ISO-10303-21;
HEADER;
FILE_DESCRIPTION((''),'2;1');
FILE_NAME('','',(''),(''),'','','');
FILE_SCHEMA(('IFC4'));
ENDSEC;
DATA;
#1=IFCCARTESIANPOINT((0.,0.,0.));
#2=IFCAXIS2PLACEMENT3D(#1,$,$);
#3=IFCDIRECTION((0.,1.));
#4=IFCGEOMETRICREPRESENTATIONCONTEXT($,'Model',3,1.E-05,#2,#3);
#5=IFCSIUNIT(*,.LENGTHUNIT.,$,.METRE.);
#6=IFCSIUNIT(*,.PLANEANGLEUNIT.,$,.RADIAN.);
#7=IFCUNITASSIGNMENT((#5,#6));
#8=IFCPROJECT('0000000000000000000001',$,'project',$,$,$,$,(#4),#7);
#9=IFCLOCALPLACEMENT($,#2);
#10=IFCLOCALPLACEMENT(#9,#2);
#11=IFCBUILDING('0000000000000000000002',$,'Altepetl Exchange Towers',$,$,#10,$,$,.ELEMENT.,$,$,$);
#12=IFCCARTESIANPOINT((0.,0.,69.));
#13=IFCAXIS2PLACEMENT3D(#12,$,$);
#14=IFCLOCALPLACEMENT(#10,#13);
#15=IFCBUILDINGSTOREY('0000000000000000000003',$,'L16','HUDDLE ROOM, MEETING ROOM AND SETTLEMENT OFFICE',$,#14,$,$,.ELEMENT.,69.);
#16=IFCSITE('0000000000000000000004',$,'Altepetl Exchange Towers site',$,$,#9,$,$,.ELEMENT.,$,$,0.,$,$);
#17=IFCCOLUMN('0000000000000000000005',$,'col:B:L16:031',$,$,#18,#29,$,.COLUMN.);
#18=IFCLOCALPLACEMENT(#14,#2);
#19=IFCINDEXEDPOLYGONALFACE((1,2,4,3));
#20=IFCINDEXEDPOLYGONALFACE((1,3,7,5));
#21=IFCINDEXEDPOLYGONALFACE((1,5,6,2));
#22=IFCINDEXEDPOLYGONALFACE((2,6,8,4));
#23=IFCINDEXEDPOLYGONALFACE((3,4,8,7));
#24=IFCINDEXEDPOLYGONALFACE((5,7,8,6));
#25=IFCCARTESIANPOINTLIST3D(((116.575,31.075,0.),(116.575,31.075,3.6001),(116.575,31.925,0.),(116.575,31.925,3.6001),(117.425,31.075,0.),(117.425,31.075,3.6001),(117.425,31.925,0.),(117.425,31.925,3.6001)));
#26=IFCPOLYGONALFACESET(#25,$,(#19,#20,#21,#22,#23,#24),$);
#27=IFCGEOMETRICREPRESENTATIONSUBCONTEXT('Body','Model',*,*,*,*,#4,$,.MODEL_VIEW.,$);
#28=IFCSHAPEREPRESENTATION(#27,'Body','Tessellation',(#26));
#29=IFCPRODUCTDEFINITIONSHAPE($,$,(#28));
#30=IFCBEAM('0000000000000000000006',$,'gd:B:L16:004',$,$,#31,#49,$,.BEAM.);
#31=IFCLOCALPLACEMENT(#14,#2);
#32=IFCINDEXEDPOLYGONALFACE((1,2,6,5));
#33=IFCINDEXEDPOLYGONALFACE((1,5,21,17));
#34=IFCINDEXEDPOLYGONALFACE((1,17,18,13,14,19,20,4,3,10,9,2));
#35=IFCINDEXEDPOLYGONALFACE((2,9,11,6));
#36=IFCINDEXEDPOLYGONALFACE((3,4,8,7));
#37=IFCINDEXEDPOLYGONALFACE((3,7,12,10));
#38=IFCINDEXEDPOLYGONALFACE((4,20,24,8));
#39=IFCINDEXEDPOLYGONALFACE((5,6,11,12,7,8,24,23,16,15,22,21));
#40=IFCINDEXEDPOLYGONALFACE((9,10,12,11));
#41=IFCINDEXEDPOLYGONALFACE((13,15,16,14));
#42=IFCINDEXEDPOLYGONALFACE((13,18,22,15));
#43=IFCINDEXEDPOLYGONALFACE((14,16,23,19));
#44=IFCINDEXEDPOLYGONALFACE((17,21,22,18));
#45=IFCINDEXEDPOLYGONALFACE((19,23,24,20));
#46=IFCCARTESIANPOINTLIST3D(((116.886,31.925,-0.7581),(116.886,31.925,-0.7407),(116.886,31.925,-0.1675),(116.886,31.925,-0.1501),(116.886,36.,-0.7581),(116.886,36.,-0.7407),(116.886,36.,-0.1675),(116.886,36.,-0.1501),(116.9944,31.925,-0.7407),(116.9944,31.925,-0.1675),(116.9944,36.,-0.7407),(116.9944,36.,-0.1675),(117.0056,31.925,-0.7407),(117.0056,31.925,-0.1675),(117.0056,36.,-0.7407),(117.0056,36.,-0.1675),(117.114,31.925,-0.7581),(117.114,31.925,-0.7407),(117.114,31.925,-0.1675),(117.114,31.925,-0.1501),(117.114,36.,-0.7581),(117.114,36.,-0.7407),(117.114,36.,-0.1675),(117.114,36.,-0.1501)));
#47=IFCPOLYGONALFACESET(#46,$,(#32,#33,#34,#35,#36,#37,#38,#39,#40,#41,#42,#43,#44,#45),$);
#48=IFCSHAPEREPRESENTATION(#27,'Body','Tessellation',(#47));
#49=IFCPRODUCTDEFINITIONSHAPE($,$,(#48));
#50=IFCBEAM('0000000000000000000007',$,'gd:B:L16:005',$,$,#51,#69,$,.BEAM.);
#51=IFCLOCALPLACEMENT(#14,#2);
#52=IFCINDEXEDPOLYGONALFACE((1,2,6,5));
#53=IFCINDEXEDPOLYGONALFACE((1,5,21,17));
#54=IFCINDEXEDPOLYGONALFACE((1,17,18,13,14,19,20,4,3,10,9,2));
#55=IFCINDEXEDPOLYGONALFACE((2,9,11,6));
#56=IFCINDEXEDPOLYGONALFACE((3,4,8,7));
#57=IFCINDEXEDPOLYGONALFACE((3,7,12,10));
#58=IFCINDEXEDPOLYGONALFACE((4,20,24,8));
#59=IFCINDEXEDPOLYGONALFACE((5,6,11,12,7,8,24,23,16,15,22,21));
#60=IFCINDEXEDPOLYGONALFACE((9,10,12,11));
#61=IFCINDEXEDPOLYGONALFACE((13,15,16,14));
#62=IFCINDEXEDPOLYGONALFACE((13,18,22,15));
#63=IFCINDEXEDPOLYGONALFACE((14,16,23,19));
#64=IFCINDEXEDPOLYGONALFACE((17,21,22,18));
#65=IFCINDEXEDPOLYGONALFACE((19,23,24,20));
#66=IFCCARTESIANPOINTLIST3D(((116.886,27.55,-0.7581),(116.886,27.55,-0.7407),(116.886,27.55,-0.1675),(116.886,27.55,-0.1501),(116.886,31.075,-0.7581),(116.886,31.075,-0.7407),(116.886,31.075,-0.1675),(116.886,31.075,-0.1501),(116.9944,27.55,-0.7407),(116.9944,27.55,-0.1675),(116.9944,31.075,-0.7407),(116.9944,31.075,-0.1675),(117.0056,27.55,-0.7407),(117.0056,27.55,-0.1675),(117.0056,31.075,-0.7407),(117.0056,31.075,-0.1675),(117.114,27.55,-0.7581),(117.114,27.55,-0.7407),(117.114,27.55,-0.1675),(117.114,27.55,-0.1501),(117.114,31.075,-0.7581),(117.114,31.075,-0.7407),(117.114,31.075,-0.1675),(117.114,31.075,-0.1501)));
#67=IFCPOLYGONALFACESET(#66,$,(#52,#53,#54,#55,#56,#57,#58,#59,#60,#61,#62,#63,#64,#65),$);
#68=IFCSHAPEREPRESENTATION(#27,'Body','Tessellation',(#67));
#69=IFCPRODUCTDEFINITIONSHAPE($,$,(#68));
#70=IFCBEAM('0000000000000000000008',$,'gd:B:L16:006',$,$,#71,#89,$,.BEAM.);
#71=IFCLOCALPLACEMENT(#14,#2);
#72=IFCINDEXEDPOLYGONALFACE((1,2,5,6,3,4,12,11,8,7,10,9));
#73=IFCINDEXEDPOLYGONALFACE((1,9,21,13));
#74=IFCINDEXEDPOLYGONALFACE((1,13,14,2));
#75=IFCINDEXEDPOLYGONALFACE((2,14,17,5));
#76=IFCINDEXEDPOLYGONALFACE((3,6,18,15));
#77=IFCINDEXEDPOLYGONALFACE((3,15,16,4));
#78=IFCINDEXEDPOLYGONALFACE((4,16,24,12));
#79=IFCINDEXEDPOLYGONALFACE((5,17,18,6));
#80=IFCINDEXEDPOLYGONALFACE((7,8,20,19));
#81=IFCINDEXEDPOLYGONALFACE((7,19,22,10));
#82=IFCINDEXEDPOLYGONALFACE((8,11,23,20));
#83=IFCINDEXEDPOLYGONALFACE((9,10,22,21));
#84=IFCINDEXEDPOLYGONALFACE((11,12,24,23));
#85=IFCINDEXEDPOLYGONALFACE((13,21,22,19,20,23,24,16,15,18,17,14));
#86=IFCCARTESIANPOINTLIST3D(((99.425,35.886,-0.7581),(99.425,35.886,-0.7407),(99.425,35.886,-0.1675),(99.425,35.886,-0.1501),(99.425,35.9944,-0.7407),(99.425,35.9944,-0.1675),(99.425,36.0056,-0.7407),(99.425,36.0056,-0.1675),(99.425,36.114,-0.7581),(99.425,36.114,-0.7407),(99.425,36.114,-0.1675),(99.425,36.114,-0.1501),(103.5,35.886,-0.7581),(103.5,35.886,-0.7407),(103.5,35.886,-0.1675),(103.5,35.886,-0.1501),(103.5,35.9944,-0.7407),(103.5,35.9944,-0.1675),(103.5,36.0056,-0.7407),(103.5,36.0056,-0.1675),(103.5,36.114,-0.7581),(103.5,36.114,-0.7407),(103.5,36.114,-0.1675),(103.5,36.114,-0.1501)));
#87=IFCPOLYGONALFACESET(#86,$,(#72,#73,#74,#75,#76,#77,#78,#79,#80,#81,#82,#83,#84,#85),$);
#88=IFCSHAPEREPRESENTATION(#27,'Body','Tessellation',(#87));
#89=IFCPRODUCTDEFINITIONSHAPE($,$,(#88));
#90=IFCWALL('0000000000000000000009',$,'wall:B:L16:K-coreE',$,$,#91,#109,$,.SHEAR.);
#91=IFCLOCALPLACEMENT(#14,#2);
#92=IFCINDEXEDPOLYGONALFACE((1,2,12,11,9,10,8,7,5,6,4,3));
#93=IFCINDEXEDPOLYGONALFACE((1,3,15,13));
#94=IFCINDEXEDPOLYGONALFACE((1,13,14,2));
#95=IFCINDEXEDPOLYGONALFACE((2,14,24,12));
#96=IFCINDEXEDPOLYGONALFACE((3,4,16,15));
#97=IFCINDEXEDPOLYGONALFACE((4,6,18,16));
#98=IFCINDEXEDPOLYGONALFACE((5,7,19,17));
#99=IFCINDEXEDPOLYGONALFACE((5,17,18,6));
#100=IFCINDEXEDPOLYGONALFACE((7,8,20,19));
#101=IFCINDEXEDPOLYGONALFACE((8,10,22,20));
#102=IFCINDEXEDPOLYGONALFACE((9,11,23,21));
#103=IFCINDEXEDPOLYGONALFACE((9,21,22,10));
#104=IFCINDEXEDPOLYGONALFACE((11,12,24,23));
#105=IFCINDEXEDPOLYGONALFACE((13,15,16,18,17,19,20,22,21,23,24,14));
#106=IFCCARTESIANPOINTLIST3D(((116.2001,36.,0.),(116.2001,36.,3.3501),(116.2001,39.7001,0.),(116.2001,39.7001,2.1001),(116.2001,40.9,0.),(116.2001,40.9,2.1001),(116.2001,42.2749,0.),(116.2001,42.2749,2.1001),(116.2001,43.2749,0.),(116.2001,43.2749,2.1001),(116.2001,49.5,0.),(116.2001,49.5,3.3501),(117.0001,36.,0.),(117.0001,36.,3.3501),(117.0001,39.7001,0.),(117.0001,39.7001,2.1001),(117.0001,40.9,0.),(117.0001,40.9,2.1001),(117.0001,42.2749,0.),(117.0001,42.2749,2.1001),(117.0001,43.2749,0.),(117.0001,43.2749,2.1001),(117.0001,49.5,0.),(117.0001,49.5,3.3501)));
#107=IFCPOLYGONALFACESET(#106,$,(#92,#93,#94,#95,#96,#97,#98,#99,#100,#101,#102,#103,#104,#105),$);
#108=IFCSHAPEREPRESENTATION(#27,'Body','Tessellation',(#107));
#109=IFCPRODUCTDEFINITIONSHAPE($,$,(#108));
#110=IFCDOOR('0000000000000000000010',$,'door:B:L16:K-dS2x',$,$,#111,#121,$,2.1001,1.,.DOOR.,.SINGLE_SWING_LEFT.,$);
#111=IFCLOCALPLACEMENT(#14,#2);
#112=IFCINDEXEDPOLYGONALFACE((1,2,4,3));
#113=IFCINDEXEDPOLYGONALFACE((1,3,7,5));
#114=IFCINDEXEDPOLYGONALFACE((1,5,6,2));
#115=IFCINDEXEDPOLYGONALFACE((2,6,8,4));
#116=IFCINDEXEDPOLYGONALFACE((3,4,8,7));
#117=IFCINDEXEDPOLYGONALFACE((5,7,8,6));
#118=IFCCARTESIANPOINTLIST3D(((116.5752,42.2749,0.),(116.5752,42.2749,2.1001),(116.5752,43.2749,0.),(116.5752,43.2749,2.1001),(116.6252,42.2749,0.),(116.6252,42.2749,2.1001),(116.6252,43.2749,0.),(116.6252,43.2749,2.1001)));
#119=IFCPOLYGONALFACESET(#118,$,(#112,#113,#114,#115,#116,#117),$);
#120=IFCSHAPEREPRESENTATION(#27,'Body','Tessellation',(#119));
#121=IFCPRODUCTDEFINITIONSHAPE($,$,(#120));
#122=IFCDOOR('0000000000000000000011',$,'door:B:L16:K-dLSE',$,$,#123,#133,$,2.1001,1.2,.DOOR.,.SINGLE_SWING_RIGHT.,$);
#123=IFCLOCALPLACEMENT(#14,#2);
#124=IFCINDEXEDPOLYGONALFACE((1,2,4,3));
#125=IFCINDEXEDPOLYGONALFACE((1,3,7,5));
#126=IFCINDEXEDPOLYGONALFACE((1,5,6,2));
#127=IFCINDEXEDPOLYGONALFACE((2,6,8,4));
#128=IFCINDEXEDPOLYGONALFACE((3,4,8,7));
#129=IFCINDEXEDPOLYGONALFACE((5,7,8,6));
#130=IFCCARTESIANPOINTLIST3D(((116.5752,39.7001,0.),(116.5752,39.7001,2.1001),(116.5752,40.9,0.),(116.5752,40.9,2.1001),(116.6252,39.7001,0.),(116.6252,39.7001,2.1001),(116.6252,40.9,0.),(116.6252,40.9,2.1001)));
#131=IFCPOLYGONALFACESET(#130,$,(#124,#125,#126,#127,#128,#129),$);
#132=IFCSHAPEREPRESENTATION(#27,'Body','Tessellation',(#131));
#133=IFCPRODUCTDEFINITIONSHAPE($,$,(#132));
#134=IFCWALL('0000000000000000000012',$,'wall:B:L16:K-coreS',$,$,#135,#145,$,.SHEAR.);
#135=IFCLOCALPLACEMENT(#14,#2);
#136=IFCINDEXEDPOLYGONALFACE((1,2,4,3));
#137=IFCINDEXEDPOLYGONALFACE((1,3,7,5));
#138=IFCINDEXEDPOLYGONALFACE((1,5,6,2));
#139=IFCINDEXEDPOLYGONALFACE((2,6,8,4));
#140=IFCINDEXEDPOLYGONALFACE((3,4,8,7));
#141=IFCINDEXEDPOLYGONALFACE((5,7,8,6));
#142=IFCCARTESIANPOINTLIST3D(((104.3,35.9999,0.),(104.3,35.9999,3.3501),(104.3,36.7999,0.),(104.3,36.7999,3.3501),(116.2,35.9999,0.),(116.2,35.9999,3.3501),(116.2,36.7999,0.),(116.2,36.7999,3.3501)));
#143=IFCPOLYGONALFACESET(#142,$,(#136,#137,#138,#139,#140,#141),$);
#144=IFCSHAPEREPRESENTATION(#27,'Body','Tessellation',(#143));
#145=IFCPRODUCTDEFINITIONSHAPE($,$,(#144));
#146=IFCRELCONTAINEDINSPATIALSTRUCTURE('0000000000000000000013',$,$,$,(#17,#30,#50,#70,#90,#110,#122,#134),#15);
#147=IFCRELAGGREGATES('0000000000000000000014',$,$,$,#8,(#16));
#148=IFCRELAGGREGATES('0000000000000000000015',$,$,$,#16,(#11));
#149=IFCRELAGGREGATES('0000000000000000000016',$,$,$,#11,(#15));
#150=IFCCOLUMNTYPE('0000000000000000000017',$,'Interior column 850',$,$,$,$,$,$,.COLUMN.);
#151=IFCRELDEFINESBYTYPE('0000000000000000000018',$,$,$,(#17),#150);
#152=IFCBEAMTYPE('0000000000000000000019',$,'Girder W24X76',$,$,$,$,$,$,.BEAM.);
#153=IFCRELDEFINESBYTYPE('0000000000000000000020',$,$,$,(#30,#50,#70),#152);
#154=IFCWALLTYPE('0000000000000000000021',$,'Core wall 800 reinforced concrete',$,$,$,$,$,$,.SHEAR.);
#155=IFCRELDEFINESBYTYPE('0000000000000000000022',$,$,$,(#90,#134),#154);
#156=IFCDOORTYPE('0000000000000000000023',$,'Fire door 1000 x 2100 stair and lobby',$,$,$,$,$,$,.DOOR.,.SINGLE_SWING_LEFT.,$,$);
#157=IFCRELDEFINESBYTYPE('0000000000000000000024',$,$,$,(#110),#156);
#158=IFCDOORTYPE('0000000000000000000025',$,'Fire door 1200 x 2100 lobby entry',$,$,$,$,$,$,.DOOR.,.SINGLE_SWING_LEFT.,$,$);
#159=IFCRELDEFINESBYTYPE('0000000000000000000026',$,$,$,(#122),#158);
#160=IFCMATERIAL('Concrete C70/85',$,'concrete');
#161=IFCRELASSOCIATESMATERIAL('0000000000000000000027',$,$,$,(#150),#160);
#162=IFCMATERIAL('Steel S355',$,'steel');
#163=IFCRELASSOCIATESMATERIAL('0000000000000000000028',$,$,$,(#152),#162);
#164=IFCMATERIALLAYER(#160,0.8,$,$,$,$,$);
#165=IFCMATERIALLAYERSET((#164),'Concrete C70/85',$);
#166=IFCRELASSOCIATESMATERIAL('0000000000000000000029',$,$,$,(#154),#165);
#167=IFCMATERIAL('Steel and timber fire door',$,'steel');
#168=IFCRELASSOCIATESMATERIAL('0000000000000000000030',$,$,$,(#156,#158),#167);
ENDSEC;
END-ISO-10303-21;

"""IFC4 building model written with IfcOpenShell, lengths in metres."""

from ifc_helpers import new_model, si_unit, direction, frame, frame_2d, origin, origin_2d, place, context, subcontext, project, spatial, rectangle, i_section, extrude, material, layer, layer_set, material_profile, profile_set, type_object, element, fill, save


model = new_model("IFC4")

# Units and contexts
model_context = context("Model", 3, precision=1e-05, world=origin(), true_north=direction((0.0, 1.0)))
body_context = subcontext(model_context, "Body", "Model", "MODEL_VIEW")
ifc_project = project(units=[si_unit("LENGTHUNIT", "METRE"), si_unit("PLANEANGLEUNIT", "RADIAN")], contexts=[model_context])

# Site, building, storey
site_placement = place(None, origin())
site = spatial("IfcSite", under=ifc_project, at=site_placement, Name="Altepetl Exchange Towers site", CompositionType="ELEMENT", RefElevation=0.0)
building_placement = place(site_placement, origin())
building = spatial("IfcBuilding", under=site, at=building_placement, Name="Altepetl Exchange Towers", CompositionType="ELEMENT")
storey_placement = place(building_placement, frame((0.0, 0.0, 69.0)))
storey = spatial("IfcBuildingStorey", under=building, at=storey_placement, Name="L16", Description="HUDDLE ROOM, MEETING ROOM AND SETTLEMENT OFFICE", CompositionType="ELEMENT", Elevation=69.0)

# Column
ifc_material_1 = material(Name="Concrete C70/85", Category="concrete")
ifc_material_profile_1 = material_profile(ifc_material_1, rectangle(XDim=0.8501, YDim=0.8501, at=origin_2d()), Name="850 x 850")
ifc_profile_set_1 = profile_set([ifc_material_profile_1], Name="Concrete C70/85")
column_type = type_object("IfcColumnType", Name="Interior column 850", PredefinedType="COLUMN", material=ifc_profile_set_1)
column_placement = place(storey_placement, frame((117.0, 31.5, 0.0)))
element("IfcColumn", 1, at=column_placement, inside=storey, type_object=column_type, Name="col:B:L16:031", PredefinedType="COLUMN", context=body_context, shape_type="SweptSolid", body=[
    extrude(rectangle(XDim=0.8501, YDim=0.8501, at=origin_2d()), origin(), (0.0, 0.0, 1.0), 3.6001),
])

# Beams
ifc_material_2 = material(Name="Steel S355", Category="steel")
ifc_material_profile_2 = material_profile(ifc_material_2, i_section(OverallWidth=0.228, OverallDepth=0.6079, WebThickness=0.0112, FlangeThickness=0.0173, at=origin_2d()), Name="W24X76")
ifc_profile_set_2 = profile_set([ifc_material_profile_2], Name="Steel S355")
beam_type = type_object("IfcBeamType", Name="Girder W24X76", PredefinedType="BEAM", material=ifc_profile_set_2)
beam_1_placement = place(storey_placement, frame((117.0, 36.0, -0.4541), z_axis=(0.0, -1.0, 0.0), x_axis=(1.0, 0.0, 0.0)))
element("IfcBeam", 2, at=beam_1_placement, inside=storey, type_object=beam_type, Name="gd:B:L16:004", PredefinedType="BEAM", context=body_context, shape_type="SweptSolid", body=[
    extrude(i_section(OverallWidth=0.228, OverallDepth=0.6079, WebThickness=0.0112, FlangeThickness=0.0173, at=origin_2d()), origin(), (0.0, 0.0, 1.0), 4.075),
])
beam_2_placement = place(storey_placement, frame((117.0, 31.075, -0.4541), z_axis=(0.0, -1.0, 0.0), x_axis=(1.0, 0.0, 0.0)))
element("IfcBeam", 3, at=beam_2_placement, inside=storey, type_object=beam_type, Name="gd:B:L16:005", PredefinedType="BEAM", context=body_context, shape_type="SweptSolid", body=[
    extrude(i_section(OverallWidth=0.228, OverallDepth=0.6079, WebThickness=0.0112, FlangeThickness=0.0173, at=origin_2d()), origin(), (0.0, 0.0, 1.0), 3.5249),
])
beam_3_placement = place(storey_placement, frame((103.5, 36.0, -0.4541), z_axis=(-1.0, 0.0, 0.0), x_axis=(0.0, -1.0, 0.0)))
element("IfcBeam", 4, at=beam_3_placement, inside=storey, type_object=beam_type, Name="gd:B:L16:006", PredefinedType="BEAM", context=body_context, shape_type="SweptSolid", body=[
    extrude(i_section(OverallWidth=0.228, OverallDepth=0.6079, WebThickness=0.0112, FlangeThickness=0.0173, at=origin_2d()), origin(), (0.0, 0.0, 1.0), 4.075),
])

# Wall, openings, doors
ifc_layer_1 = layer(ifc_material_1, 0.8)
ifc_layer_set_1 = layer_set([ifc_layer_1], Name="Concrete C70/85")
wall_type_1 = type_object("IfcWallType", Name="Core wall 800 reinforced concrete", PredefinedType="SHEAR", material=ifc_layer_set_1)
wall_1_placement = place(storey_placement, frame((116.6001, 36.0, 0.0), z_axis=(0.0, 0.0, 1.0), x_axis=(0.0, 1.0, 0.0)))
wall_1 = element("IfcWall", 5, at=wall_1_placement, inside=storey, type_object=wall_type_1, Name="wall:B:L16:K-coreE", PredefinedType="SHEAR", context=body_context, shape_type="SweptSolid", body=[
    extrude(rectangle(XDim=13.5, YDim=0.8, at=frame_2d((6.75, 0.0))), origin(), (0.0, 0.0, 1.0), 3.3501),
])
opening_1_placement = place(wall_1_placement, frame((3.7, 0.0, 0.0)))
opening_1 = element("IfcOpeningElement", 6, at=opening_1_placement, cuts=wall_1, PredefinedType="OPENING", context=body_context, shape_type="SweptSolid", body=[
    extrude(rectangle(XDim=1.2, YDim=2.1001, at=frame_2d((0.6001, 1.05))), frame((0.0, 0.4102, 0.0), z_axis=(0.0, -1.0, 0.0), x_axis=(1.0, 0.0, 0.0)), (0.0, 0.0, 1.0), 0.8201),
])
opening_2_placement = place(wall_1_placement, frame((6.2749, 0.0, 0.0)))
opening_2 = element("IfcOpeningElement", 7, at=opening_2_placement, cuts=wall_1, PredefinedType="OPENING", context=body_context, shape_type="SweptSolid", body=[
    extrude(rectangle(XDim=1.0, YDim=2.1001, at=frame_2d((0.5, 1.05))), frame((0.0, 0.4102, 0.0), z_axis=(0.0, -1.0, 0.0), x_axis=(1.0, 0.0, 0.0)), (0.0, 0.0, 1.0), 0.8201),
])
ifc_material_3 = material(Name="Steel and timber fire door", Category="steel")
door_type_1 = type_object("IfcDoorType", Name="Fire door 1000 x 2100 stair and lobby", OperationType="SINGLE_SWING_LEFT", PredefinedType="DOOR", material=ifc_material_3)
door_1_placement = place(opening_2_placement, origin())
door_1 = element("IfcDoor", 8, at=door_1_placement, inside=storey, type_object=door_type_1, Name="door:B:L16:K-dS2x", OperationType="SINGLE_SWING_LEFT", OverallHeight=2.1001, OverallWidth=1.0, PredefinedType="DOOR", context=body_context, shape_type="SweptSolid", body=[
    extrude(rectangle(XDim=1.0, YDim=2.1001, at=frame_2d((0.5, 1.05))), frame((0.0, 0.0249, 0.0), z_axis=(0.0, -1.0, 0.0), x_axis=(1.0, 0.0, 0.0)), (0.0, 0.0, 1.0), 0.05),
])
fill(opening_2, door_1)
door_type_2 = type_object("IfcDoorType", Name="Fire door 1200 x 2100 lobby entry", OperationType="SINGLE_SWING_LEFT", PredefinedType="DOOR", material=ifc_material_3)
door_2_placement = place(opening_1_placement, origin())
door_2 = element("IfcDoor", 9, at=door_2_placement, inside=storey, type_object=door_type_2, Name="door:B:L16:K-dLSE", OperationType="SINGLE_SWING_RIGHT", OverallHeight=2.1001, OverallWidth=1.2, PredefinedType="DOOR", context=body_context, shape_type="SweptSolid", body=[
    extrude(rectangle(XDim=1.2, YDim=2.1001, at=frame_2d((0.6001, 1.05))), frame((0.0, 0.0249, 0.0), z_axis=(0.0, -1.0, 0.0), x_axis=(1.0, 0.0, 0.0)), (0.0, 0.0, 1.0), 0.05),
])
fill(opening_1, door_2)

# Wall
wall_2_placement = place(storey_placement, frame((104.3, 36.3999, 0.0)))
element("IfcWall", 10, at=wall_2_placement, inside=storey, type_object=wall_type_1, Name="wall:B:L16:K-coreS", PredefinedType="SHEAR", context=body_context, shape_type="SweptSolid", body=[
    extrude(rectangle(XDim=11.8999, YDim=0.8, at=frame_2d((5.95, 0.0))), origin(), (0.0, 0.0, 1.0), 3.3501),
])

save(model, "model.ifc")
